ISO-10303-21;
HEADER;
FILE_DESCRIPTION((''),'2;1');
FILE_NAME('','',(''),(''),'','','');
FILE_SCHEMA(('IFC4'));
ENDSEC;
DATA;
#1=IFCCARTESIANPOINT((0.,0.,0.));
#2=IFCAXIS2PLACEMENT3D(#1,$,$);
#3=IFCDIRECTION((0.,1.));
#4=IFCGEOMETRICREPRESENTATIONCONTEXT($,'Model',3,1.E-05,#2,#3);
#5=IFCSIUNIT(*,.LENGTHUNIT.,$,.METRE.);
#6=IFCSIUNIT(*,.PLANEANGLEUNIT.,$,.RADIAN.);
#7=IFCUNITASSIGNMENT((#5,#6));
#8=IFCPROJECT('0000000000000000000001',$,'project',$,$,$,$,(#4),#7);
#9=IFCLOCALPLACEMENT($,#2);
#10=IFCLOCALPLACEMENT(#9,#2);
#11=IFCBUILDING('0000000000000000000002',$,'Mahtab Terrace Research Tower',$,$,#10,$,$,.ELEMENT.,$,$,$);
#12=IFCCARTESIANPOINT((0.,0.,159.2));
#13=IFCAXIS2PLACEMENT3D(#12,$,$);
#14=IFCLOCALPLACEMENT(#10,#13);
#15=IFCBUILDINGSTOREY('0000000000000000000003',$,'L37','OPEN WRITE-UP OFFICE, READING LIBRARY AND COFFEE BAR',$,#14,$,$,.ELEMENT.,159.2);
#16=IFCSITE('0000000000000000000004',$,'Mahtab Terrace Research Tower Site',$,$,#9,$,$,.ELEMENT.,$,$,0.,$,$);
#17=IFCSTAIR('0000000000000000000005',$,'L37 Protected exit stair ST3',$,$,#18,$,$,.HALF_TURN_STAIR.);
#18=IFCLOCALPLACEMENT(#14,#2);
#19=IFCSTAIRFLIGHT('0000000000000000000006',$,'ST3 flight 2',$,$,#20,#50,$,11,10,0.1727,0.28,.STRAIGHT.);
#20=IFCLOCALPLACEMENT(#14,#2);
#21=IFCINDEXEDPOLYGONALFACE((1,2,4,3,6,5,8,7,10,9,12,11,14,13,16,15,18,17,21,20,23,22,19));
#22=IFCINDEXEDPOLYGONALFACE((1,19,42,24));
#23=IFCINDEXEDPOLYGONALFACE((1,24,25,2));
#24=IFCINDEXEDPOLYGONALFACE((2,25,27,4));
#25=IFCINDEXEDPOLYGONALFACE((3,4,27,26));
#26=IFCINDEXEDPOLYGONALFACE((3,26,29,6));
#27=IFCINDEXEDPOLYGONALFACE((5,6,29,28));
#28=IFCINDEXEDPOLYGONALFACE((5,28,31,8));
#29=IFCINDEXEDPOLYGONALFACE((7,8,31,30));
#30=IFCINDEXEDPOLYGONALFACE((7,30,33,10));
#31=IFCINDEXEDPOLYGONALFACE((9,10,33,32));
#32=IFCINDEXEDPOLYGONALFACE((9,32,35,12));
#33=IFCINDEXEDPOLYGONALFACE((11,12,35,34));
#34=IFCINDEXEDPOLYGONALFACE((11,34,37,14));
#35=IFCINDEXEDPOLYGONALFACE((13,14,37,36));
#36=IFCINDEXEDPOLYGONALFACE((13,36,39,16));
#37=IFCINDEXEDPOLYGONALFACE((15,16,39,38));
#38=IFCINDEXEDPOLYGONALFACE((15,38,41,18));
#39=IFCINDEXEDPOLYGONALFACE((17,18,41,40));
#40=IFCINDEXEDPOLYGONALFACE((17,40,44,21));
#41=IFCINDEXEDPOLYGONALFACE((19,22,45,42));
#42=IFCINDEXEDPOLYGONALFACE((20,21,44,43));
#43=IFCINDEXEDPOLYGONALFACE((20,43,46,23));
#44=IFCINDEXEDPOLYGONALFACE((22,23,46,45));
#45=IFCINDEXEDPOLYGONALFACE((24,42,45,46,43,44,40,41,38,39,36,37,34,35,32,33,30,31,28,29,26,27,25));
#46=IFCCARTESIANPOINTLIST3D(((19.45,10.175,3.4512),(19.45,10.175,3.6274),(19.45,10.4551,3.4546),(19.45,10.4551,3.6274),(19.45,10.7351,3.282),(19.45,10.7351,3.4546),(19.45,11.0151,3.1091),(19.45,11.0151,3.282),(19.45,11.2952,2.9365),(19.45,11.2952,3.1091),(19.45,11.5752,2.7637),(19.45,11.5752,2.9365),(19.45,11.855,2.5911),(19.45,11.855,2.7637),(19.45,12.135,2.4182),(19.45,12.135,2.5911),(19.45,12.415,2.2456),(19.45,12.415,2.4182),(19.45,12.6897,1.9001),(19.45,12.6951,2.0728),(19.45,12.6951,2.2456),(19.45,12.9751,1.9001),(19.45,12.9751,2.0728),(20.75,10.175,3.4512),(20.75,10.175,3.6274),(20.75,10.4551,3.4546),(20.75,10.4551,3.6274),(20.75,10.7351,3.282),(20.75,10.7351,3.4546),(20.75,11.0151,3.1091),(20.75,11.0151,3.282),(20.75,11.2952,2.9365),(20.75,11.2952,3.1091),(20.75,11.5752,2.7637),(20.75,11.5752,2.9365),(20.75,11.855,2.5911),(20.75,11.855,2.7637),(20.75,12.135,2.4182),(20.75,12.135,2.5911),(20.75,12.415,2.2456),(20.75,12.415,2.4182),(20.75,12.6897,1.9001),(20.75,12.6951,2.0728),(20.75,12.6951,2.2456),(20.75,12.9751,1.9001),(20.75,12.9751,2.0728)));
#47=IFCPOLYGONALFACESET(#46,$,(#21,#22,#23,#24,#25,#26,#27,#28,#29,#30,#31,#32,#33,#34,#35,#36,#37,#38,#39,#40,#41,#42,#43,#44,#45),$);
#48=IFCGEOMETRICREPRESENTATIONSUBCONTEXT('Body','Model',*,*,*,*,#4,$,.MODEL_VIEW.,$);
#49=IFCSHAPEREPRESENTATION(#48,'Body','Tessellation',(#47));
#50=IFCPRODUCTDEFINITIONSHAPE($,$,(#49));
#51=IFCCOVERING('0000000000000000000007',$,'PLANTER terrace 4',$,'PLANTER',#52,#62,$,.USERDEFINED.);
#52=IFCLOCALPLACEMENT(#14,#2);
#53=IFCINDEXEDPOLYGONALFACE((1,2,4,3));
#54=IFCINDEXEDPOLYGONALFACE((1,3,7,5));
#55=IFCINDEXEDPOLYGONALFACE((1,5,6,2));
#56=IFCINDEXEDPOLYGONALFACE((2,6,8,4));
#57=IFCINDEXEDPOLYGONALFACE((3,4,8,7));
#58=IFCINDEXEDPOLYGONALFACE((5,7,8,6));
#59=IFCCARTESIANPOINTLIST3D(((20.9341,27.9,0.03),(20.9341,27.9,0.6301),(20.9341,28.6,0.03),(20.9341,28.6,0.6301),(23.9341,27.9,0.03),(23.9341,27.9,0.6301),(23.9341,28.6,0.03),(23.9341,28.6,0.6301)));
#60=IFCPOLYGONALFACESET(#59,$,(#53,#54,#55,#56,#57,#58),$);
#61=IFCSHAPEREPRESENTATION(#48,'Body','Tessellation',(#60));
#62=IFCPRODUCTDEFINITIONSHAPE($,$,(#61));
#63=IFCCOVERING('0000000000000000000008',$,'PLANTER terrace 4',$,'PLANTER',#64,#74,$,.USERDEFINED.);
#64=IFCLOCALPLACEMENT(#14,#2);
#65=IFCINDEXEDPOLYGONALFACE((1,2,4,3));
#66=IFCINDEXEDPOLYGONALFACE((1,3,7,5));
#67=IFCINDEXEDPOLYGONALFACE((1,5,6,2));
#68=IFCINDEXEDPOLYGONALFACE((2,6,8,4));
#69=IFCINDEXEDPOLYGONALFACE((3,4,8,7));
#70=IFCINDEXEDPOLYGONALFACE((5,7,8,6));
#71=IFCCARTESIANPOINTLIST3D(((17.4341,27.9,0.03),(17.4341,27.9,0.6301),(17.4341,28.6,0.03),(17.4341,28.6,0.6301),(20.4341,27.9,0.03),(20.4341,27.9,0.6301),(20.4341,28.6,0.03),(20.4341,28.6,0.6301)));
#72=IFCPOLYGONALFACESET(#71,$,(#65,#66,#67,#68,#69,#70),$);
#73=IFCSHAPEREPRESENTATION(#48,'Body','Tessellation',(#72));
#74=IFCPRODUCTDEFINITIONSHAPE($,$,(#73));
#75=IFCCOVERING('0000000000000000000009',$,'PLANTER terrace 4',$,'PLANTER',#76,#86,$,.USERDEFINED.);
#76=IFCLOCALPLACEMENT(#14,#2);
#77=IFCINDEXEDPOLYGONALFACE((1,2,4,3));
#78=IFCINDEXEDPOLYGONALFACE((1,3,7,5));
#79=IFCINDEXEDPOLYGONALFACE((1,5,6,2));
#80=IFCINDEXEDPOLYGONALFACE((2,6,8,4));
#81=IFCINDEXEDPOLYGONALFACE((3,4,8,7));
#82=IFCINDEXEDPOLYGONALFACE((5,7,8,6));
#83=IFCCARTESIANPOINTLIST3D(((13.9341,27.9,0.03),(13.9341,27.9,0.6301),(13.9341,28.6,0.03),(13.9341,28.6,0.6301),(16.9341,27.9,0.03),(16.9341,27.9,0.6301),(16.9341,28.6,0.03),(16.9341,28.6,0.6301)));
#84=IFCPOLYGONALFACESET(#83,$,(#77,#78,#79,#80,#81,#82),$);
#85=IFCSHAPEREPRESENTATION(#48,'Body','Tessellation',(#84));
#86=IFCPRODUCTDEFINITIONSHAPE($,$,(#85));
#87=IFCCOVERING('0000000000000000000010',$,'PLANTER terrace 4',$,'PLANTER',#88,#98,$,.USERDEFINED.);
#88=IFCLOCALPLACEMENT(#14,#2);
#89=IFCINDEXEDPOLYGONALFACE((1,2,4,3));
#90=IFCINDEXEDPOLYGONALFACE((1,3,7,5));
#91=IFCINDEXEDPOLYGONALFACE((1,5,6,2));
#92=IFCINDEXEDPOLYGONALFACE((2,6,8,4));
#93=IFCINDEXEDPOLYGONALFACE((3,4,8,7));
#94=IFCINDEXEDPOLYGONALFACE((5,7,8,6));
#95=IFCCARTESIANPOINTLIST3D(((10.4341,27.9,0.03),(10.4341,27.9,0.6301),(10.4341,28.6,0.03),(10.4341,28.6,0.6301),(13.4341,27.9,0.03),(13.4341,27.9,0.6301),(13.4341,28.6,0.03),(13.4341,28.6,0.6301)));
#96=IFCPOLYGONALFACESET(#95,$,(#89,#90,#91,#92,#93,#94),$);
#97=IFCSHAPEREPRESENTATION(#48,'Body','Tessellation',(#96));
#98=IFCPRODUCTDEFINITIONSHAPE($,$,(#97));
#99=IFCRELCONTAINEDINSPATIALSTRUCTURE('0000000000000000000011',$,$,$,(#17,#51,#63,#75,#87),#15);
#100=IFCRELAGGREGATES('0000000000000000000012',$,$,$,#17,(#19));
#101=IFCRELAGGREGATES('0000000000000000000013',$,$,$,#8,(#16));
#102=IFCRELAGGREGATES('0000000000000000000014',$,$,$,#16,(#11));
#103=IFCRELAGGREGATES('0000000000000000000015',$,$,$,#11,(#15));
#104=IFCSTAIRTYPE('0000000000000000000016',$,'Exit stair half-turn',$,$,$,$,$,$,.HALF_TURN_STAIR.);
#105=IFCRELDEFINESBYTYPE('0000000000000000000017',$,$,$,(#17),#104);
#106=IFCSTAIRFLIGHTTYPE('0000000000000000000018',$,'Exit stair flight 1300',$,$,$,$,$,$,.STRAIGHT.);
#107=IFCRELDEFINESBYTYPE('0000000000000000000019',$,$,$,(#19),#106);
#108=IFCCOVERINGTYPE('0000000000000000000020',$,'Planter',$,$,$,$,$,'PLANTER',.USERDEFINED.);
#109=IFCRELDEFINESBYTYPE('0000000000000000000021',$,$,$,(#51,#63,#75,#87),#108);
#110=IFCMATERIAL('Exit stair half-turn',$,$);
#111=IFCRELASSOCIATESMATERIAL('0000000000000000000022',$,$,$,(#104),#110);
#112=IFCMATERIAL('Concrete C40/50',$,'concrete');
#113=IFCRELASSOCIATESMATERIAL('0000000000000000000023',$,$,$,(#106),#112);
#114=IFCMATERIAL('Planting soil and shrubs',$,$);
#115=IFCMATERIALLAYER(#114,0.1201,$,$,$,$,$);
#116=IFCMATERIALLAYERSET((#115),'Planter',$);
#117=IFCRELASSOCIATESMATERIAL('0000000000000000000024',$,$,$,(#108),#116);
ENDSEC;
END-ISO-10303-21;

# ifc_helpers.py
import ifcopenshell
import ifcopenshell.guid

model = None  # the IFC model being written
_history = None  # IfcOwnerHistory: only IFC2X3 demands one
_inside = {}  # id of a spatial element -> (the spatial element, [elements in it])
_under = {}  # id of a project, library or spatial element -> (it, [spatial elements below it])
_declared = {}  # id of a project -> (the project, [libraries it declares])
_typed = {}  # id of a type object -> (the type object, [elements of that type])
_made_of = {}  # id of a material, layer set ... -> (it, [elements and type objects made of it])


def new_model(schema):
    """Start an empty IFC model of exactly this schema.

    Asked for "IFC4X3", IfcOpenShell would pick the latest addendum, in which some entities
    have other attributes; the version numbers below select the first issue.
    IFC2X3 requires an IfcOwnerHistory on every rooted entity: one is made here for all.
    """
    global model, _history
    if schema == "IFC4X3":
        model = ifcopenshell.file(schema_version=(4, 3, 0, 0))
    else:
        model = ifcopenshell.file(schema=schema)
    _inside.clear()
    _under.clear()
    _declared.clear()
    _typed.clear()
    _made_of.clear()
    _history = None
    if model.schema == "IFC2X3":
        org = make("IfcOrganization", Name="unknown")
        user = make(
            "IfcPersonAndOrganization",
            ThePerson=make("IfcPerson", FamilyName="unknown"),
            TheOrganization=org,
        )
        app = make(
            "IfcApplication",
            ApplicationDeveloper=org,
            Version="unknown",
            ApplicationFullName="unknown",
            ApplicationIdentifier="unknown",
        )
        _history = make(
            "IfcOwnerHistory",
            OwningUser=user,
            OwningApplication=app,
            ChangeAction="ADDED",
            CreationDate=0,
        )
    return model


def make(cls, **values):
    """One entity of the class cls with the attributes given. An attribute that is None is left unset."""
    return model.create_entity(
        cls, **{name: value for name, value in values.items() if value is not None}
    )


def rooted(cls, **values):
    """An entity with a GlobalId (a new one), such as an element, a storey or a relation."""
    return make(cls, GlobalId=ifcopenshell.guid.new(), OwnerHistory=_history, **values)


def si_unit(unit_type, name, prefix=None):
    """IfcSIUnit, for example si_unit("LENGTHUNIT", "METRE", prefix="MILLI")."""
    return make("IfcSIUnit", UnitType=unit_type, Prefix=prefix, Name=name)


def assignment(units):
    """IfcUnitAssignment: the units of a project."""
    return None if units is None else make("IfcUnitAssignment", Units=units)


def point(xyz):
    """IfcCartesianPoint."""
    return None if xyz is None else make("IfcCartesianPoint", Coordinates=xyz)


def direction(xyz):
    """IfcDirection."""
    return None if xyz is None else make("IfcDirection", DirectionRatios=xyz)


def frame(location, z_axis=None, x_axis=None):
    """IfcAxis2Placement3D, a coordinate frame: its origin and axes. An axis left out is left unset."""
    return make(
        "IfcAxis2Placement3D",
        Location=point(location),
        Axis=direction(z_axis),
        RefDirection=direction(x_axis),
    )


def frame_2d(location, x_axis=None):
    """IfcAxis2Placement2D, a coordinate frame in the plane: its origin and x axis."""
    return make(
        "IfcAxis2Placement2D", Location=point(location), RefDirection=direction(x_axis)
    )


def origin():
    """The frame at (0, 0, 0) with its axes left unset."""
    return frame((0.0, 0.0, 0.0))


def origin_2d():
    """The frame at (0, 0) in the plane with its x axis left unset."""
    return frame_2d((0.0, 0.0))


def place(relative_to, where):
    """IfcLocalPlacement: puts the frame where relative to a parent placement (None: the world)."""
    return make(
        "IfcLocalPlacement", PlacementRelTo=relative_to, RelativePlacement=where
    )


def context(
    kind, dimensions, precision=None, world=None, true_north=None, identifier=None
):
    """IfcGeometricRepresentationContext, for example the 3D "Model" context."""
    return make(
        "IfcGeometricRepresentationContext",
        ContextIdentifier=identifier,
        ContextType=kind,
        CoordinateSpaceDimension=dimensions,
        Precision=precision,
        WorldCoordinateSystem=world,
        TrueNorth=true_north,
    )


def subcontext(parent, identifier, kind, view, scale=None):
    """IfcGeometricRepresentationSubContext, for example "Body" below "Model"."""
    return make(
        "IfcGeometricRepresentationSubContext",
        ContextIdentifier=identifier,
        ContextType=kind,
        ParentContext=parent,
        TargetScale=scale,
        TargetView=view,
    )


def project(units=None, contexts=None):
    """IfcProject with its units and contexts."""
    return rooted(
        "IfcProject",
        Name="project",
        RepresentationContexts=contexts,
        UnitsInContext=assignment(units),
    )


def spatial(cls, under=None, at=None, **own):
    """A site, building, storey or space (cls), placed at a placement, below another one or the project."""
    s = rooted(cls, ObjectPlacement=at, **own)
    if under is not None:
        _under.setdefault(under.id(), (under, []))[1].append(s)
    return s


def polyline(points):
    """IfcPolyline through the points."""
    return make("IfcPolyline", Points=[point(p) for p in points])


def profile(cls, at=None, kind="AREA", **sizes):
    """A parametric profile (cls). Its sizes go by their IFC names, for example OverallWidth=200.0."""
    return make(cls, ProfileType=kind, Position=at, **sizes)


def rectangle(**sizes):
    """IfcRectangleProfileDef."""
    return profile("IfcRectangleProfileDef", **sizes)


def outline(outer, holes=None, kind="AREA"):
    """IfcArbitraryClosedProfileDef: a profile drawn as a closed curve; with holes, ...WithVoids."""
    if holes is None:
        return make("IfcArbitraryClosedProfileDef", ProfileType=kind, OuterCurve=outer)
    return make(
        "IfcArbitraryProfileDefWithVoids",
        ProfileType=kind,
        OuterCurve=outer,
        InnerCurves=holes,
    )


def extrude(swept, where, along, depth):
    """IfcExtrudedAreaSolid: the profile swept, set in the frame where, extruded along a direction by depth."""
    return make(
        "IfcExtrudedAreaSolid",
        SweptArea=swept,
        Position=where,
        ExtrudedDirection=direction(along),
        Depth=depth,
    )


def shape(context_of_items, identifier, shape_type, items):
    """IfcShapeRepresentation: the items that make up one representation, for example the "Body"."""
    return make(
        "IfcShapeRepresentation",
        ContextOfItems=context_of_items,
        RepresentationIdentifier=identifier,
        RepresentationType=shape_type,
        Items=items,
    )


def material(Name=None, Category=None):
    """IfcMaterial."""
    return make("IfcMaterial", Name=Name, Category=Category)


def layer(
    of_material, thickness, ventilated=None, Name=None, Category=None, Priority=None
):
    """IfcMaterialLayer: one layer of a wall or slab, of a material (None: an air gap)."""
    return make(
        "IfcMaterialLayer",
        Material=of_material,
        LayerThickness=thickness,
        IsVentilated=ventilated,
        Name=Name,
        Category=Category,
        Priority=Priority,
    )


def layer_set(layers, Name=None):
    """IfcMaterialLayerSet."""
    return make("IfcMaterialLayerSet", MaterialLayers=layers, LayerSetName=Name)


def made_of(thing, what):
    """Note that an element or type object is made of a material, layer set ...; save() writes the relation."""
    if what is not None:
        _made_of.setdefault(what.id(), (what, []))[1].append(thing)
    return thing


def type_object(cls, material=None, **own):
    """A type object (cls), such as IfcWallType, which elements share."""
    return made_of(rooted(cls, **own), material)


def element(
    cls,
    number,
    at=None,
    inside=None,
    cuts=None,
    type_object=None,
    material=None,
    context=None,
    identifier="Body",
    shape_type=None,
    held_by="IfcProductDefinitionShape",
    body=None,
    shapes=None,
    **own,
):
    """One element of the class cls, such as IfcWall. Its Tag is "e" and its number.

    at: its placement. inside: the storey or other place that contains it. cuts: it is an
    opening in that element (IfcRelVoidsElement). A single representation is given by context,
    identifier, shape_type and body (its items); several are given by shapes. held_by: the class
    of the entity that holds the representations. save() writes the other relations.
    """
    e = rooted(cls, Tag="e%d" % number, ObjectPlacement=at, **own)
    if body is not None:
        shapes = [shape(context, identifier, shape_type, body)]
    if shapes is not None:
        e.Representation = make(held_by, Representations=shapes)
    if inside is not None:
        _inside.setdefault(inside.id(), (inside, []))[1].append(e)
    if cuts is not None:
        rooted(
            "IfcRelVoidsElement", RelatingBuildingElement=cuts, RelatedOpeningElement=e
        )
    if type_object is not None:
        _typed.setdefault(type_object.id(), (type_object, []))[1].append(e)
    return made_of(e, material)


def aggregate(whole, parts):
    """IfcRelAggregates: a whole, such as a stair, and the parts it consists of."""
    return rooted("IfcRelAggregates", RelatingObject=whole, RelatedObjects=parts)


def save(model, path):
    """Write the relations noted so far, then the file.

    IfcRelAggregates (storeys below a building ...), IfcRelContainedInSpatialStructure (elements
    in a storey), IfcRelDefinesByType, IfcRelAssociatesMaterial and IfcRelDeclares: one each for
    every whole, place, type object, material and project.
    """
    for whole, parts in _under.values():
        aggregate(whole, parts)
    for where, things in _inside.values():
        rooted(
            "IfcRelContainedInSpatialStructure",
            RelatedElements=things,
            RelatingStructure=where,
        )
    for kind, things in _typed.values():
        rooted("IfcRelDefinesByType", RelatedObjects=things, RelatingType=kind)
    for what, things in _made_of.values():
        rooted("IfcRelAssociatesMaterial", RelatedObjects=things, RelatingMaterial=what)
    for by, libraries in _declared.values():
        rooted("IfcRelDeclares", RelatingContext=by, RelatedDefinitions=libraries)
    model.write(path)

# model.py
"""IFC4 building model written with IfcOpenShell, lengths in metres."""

from ifc_helpers import new_model, si_unit, direction, frame, origin, origin_2d, place, context, subcontext, project, spatial, polyline, rectangle, outline, extrude, material, layer, layer_set, type_object, element, aggregate, save


model = new_model("IFC4")

# Units and contexts
model_context = context("Model", 3, precision=1e-05, world=origin(), true_north=direction((0.0, 1.0)))
body_context = subcontext(model_context, "Body", "Model", "MODEL_VIEW")
ifc_project = project(units=[si_unit("LENGTHUNIT", "METRE"), si_unit("PLANEANGLEUNIT", "RADIAN")], contexts=[model_context])

# Site, building, storey
site_placement = place(None, origin())
site = spatial("IfcSite", under=ifc_project, at=site_placement, Name="Mahtab Terrace Research Tower Site", CompositionType="ELEMENT", RefElevation=0.0)
building_placement = place(site_placement, origin())
building = spatial("IfcBuilding", under=site, at=building_placement, Name="Mahtab Terrace Research Tower", CompositionType="ELEMENT")
storey_placement = place(building_placement, frame((0.0, 0.0, 159.2)))
storey = spatial("IfcBuildingStorey", under=building, at=storey_placement, Name="L37", Description="OPEN WRITE-UP OFFICE, READING LIBRARY AND COFFEE BAR", CompositionType="ELEMENT", Elevation=159.2)

# Stair, stair flight
ifc_material_1 = material(Name="Exit stair half-turn")
stair_type = type_object("IfcStairType", Name="Exit stair half-turn", PredefinedType="HALF_TURN_STAIR", material=ifc_material_1)
stair_placement = place(storey_placement, origin())
stair = element("IfcStair", 1, at=stair_placement, inside=storey, type_object=stair_type, Name="L37 Protected exit stair ST3", PredefinedType="HALF_TURN_STAIR")
ifc_material_2 = material(Name="Concrete C40/50", Category="concrete")
stair_flight_type = type_object("IfcStairFlightType", Name="Exit stair flight 1300", PredefinedType="STRAIGHT", material=ifc_material_2)
stair_flight_1_placement = place(storey_placement, frame((20.1001, 12.9751, 1.9001), z_axis=(0.0, 0.0, 1.0), x_axis=(0.0, -1.0, 0.0)))
stair_flight_1 = element("IfcStairFlight", 2, at=stair_flight_1_placement, type_object=stair_flight_type, Name="ST3 flight 2", NumberOfRisers=11, NumberOfTreads=10, PredefinedType="STRAIGHT", RiserHeight=0.1727, TreadLength=0.28, context=body_context, shape_type="SweptSolid", body=[
    extrude(outline(polyline([(0.0, 0.0), (0.0, 0.1726), (0.28, 0.1726), (0.28, 0.3455), (0.5601, 0.3455), (0.5601, 0.5181), (0.8401, 0.5181), (0.8401, 0.6909), (1.1201, 0.6909), (1.1201, 0.8635), (1.3999, 0.8635), (1.3999, 1.0364), (1.6799, 1.0364), (1.6799, 1.209), (1.96, 1.209), (1.96, 1.3818), (2.24, 1.3818), (2.24, 1.5544), (2.52, 1.5544), (2.52, 1.7273), (2.8, 1.7273), (2.8, 1.8999), (2.8, 1.551), (0.2854, 0.0), (0.0, 0.0)])), frame((0.0, 0.6499, 0.0), z_axis=(0.0, -1.0, 0.0), x_axis=(1.0, 0.0, 0.0)), (0.0, 0.0, 1.0), 1.3),
])
aggregate(stair, [stair_flight_1])

# Coverings
ifc_material_3 = material(Name="Planting soil and shrubs")
ifc_layer_1 = layer(ifc_material_3, 0.1201)
ifc_layer_set_1 = layer_set([ifc_layer_1], Name="Planter")
covering_type = type_object("IfcCoveringType", Name="Planter", ElementType="PLANTER", PredefinedType="USERDEFINED", material=ifc_layer_set_1)
for number, where, z_axis, x_axis, name in (
    (3, (22.4341, 28.25, 0.03), (0.0, 0.0, 1.0), (-1.0, 0.0, 0.0), "PLANTER terrace 4"),
    (4, (18.9341, 28.25, 0.03), (0.0, 0.0, 1.0), (-1.0, 0.0, 0.0), "PLANTER terrace 4"),
    (5, (15.4341, 28.25, 0.03), (0.0, 0.0, 1.0), (-1.0, 0.0, 0.0), "PLANTER terrace 4"),
    (6, (11.9341, 28.25, 0.03), (0.0, 0.0, 1.0), (-1.0, 0.0, 0.0), "PLANTER terrace 4"),
):
    element("IfcCovering", number, at=place(storey_placement, frame(where, z_axis=z_axis, x_axis=x_axis)), inside=storey, type_object=covering_type, Name=name, ObjectType="PLANTER", PredefinedType="USERDEFINED", context=body_context, shape_type="SweptSolid", body=[
        extrude(rectangle(XDim=3.0, YDim=0.7, at=origin_2d()), origin(), (0.0, 0.0, 1.0), 0.6001),
    ])

save(model, "model.ifc")
